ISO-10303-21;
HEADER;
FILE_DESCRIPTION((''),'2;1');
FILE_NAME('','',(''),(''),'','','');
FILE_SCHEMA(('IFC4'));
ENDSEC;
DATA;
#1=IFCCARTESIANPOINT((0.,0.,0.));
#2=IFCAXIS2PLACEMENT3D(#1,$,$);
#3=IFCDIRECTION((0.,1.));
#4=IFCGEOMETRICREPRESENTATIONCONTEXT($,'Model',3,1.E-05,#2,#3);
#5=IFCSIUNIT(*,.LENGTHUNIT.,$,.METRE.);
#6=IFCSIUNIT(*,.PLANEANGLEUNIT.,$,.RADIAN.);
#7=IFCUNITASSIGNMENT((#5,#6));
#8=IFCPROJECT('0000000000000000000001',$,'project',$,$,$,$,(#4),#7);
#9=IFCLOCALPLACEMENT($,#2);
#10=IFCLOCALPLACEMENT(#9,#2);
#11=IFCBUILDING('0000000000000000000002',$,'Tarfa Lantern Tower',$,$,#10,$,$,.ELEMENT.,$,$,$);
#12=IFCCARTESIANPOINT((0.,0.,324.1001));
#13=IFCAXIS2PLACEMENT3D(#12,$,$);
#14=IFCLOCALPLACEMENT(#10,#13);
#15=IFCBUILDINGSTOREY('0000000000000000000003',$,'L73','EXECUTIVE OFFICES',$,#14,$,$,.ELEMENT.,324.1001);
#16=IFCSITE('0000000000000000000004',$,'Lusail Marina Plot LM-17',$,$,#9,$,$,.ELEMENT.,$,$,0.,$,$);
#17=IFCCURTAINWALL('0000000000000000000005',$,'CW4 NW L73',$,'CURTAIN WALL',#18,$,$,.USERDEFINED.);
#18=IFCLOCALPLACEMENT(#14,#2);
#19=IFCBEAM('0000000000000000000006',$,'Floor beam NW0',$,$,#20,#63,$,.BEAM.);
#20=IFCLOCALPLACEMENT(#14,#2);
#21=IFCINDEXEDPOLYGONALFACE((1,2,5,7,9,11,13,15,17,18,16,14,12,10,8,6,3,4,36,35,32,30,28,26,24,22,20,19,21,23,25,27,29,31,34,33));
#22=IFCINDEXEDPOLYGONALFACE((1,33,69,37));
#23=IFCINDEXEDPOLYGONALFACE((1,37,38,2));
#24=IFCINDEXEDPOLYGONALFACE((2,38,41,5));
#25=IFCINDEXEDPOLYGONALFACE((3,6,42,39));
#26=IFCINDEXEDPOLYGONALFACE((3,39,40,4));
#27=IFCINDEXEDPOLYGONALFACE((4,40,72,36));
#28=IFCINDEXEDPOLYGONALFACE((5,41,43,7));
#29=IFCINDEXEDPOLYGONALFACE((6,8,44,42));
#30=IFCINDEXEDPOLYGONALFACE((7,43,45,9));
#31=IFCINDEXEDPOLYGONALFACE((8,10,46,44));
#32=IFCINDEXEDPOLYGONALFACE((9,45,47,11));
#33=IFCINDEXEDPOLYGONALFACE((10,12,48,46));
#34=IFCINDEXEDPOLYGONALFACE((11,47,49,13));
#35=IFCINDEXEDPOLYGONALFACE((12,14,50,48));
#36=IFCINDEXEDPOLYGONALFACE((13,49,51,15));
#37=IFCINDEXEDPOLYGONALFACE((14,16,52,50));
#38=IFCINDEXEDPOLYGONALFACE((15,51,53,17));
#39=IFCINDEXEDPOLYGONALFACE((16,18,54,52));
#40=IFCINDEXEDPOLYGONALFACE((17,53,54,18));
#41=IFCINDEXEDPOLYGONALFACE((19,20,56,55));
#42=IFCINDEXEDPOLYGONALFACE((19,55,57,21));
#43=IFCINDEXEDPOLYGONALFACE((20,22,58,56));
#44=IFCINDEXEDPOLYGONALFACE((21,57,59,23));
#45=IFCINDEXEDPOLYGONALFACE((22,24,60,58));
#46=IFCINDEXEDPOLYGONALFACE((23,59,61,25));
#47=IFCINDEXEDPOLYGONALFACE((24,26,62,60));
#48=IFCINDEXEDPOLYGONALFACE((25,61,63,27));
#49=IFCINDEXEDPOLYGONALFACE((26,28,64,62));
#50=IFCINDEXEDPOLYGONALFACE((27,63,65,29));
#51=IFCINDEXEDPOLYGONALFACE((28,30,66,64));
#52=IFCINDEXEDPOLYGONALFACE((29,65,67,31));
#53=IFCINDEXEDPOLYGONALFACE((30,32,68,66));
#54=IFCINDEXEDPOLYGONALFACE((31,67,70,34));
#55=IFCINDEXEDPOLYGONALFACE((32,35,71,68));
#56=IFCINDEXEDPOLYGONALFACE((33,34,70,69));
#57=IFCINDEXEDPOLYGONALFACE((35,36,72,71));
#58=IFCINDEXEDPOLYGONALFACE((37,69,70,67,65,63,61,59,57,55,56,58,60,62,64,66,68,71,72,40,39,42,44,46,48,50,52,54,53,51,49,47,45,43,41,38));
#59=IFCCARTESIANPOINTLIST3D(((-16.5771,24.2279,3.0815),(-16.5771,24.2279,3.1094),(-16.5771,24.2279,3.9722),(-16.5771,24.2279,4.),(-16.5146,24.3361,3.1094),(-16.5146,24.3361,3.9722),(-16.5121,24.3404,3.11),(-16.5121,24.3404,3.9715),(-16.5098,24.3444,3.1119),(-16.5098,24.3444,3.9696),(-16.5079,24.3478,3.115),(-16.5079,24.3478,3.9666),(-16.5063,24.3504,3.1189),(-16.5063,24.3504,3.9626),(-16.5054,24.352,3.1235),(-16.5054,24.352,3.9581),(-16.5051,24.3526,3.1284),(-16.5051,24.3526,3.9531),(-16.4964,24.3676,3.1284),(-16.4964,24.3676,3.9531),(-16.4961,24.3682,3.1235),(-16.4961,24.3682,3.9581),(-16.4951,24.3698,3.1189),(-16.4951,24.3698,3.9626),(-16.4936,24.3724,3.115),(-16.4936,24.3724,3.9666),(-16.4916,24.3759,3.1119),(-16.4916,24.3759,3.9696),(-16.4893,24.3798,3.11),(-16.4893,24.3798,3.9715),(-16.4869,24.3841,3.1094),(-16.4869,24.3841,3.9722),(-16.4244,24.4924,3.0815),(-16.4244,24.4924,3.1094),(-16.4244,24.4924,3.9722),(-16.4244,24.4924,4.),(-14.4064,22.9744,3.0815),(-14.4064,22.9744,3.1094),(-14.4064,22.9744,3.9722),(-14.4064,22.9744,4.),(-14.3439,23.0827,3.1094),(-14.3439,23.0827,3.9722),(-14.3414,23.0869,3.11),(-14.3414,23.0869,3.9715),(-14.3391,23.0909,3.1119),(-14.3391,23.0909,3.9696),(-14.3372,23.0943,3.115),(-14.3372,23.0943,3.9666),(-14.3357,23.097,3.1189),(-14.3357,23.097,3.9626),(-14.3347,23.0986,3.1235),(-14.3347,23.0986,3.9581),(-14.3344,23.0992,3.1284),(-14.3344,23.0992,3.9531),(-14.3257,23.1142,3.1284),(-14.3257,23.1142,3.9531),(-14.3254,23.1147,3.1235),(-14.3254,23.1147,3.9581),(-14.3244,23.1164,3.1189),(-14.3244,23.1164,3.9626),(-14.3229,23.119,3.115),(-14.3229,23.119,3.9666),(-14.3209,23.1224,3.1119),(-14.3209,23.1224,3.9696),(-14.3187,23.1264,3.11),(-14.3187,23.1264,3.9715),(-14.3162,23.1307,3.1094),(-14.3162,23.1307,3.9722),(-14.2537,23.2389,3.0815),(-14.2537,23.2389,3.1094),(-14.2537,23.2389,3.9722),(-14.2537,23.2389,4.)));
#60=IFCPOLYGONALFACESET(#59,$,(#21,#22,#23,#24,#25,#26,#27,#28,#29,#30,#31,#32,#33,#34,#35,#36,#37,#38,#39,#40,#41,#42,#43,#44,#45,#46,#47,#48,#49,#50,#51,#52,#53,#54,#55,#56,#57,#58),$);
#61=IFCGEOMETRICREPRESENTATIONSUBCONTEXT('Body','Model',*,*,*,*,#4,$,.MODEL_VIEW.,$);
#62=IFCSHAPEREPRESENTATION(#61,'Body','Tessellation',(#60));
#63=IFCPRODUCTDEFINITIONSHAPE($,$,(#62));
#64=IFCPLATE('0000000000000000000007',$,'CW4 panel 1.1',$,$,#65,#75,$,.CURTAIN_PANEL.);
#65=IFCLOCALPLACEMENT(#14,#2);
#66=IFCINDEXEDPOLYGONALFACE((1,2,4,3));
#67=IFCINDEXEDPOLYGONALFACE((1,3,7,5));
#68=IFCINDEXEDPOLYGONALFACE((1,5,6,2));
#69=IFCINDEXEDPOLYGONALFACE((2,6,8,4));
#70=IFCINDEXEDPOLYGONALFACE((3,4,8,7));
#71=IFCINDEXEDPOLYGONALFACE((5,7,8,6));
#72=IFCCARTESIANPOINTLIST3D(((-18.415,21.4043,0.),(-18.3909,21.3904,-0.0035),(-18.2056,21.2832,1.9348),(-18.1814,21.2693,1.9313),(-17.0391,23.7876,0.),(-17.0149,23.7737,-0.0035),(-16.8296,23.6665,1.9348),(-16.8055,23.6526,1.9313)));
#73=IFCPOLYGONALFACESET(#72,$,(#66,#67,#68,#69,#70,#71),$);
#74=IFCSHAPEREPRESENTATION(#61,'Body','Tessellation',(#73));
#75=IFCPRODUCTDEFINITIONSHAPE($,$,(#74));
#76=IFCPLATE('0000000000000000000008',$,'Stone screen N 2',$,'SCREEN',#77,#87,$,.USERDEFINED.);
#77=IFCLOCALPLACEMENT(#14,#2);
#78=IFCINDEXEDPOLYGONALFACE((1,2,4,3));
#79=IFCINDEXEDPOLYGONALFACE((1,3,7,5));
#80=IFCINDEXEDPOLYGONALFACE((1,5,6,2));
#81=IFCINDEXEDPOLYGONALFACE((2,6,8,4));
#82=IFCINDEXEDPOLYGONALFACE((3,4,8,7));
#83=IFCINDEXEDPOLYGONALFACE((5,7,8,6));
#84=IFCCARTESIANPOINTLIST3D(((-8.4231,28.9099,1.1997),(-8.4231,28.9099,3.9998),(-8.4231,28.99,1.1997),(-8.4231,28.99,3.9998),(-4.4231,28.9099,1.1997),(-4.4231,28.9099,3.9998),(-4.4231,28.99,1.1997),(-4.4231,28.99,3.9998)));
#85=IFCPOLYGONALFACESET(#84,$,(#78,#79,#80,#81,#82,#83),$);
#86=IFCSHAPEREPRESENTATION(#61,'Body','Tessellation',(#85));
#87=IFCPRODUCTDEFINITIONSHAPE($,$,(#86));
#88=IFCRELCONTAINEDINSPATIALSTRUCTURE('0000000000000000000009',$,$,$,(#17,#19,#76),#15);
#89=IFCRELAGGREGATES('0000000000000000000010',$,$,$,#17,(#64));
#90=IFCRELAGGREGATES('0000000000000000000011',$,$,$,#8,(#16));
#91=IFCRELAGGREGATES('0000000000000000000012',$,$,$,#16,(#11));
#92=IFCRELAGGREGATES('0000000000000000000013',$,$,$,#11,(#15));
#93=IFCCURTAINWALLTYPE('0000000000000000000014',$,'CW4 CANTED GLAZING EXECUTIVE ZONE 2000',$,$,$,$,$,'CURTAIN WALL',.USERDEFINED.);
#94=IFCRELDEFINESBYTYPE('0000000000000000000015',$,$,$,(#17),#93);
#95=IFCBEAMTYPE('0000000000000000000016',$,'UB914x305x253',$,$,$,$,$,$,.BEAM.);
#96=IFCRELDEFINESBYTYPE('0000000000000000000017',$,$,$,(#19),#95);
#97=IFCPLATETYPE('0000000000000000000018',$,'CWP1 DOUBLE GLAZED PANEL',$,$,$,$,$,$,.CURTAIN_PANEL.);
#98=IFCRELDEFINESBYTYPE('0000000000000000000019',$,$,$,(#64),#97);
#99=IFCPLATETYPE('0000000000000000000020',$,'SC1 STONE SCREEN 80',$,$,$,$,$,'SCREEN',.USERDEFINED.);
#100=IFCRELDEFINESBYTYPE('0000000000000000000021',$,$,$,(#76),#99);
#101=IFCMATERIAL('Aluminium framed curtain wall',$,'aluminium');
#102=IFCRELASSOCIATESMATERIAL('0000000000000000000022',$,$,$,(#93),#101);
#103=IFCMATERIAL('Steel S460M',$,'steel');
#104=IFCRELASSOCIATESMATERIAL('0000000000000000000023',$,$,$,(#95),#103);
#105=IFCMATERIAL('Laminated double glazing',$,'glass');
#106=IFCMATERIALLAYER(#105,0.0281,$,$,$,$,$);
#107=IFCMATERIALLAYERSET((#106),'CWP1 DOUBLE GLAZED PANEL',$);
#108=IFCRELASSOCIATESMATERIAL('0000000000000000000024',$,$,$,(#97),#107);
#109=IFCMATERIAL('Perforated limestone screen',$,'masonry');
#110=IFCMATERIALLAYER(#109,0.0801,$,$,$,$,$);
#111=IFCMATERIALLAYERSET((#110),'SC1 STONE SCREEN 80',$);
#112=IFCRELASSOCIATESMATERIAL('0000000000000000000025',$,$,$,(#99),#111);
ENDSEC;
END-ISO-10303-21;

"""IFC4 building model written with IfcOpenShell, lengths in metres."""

from ifc_helpers import new_model, si_unit, direction, frame, origin, origin_2d, place, context, subcontext, project, spatial, polyline, rectangle, i_section, outline, extrude, material, layer, layer_set, material_profile, profile_set, type_object, element, aggregate, save


model = new_model("IFC4")

# Units and contexts
model_context = context("Model", 3, precision=1e-05, world=origin(), true_north=direction((0.0, 1.0)))
body_context = subcontext(model_context, "Body", "Model", "MODEL_VIEW")
ifc_project = project(units=[si_unit("LENGTHUNIT", "METRE"), si_unit("PLANEANGLEUNIT", "RADIAN")], contexts=[model_context])

# Site, building, storey
site_placement = place(None, origin())
site = spatial("IfcSite", under=ifc_project, at=site_placement, Name="Lusail Marina Plot LM-17", CompositionType="ELEMENT", RefElevation=0.0)
building_placement = place(site_placement, origin())
building = spatial("IfcBuilding", under=site, at=building_placement, Name="Tarfa Lantern Tower", CompositionType="ELEMENT")
storey_placement = place(building_placement, frame((0.0, 0.0, 324.1001)))
storey = spatial("IfcBuildingStorey", under=building, at=storey_placement, Name="L73", Description="EXECUTIVE OFFICES", CompositionType="ELEMENT", Elevation=324.1001)

# Curtain wall
ifc_material_1 = material(Name="Aluminium framed curtain wall", Category="aluminium")
curtain_wall_type = type_object("IfcCurtainWallType", Name="CW4 CANTED GLAZING EXECUTIVE ZONE 2000", ElementType="CURTAIN WALL", PredefinedType="USERDEFINED", material=ifc_material_1)
curtain_wall_placement = place(storey_placement, origin())
curtain_wall = element("IfcCurtainWall", 1, at=curtain_wall_placement, inside=storey, type_object=curtain_wall_type, Name="CW4 NW L73", ObjectType="CURTAIN WALL", PredefinedType="USERDEFINED")

# Beam
ifc_material_2 = material(Name="Steel S460M", Category="steel")
ifc_material_profile_1 = material_profile(ifc_material_2, i_section(OverallWidth=0.3054, OverallDepth=0.9185, WebThickness=0.0173, FlangeThickness=0.0278, FilletRadius=0.019, at=origin_2d()), Name="UB914x305x253")
ifc_profile_set_1 = profile_set([ifc_material_profile_1], Name="Steel S460M")
beam_type_1 = type_object("IfcBeamType", Name="UB914x305x253", PredefinedType="BEAM", material=ifc_profile_set_1)
beam_1_placement = place(storey_placement, frame((-16.5007, 24.3601, 3.5408), z_axis=(0.865993, -0.500057, 0.0), x_axis=(0.500057, 0.865993, 0.0)))
element("IfcBeam", 2, at=beam_1_placement, inside=storey, type_object=beam_type_1, Name="Floor beam NW0", PredefinedType="BEAM", context=body_context, shape_type="SweptSolid", body=[
    extrude(i_section(OverallWidth=0.3054, OverallDepth=0.9185, WebThickness=0.0173, FlangeThickness=0.0278, FilletRadius=0.019, at=origin_2d()), origin(), (0.0, 0.0, 1.0), 2.5066),
])

# Plates
ifc_material_3 = material(Name="Laminated double glazing", Category="glass")
ifc_layer_1 = layer(ifc_material_3, 0.0281)
ifc_layer_set_1 = layer_set([ifc_layer_1], Name="CWP1 DOUBLE GLAZED PANEL")
plate_type_1 = type_object("IfcPlateType", Name="CWP1 DOUBLE GLAZED PANEL", PredefinedType="CURTAIN_PANEL", material=ifc_layer_set_1)
plate_1_placement = place(storey_placement, frame((-17.0391, 23.7876, 0.0), z_axis=(-0.859336, 0.49613, 0.124087), x_axis=(-0.499994, -0.866029, 0.0)))
plate_1 = element("IfcPlate", 3, at=plate_1_placement, type_object=plate_type_1, Name="CW4 panel 1.1", PredefinedType="CURTAIN_PANEL", context=body_context, shape_type="SweptSolid", body=[
    extrude(outline(polyline([(0.0, 0.0), (2.752, 0.0), (2.7521, 1.9499), (0.0001, 1.9499), (0.0, 0.0)])), origin(), (0.0, 0.0, -1.0), 0.0281),
])
aggregate(curtain_wall, [plate_1])
ifc_material_4 = material(Name="Perforated limestone screen", Category="masonry")
ifc_layer_2 = layer(ifc_material_4, 0.0801)
ifc_layer_set_2 = layer_set([ifc_layer_2], Name="SC1 STONE SCREEN 80")
plate_type_2 = type_object("IfcPlateType", Name="SC1 STONE SCREEN 80", ElementType="SCREEN", PredefinedType="USERDEFINED", material=ifc_layer_set_2)
plate_2_placement = place(storey_placement, frame((-6.4231, 28.95, 1.1997), z_axis=(0.0, 0.0, 1.0), x_axis=(-1.0, 0.0, 0.0)))
element("IfcPlate", 4, at=plate_2_placement, inside=storey, type_object=plate_type_2, Name="Stone screen N 2", ObjectType="SCREEN", PredefinedType="USERDEFINED", context=body_context, shape_type="SweptSolid", body=[
    extrude(rectangle(XDim=4.0, YDim=0.0801, at=origin_2d()), origin(), (0.0, 0.0, 1.0), 2.8),
])

save(model, "model.ifc")
